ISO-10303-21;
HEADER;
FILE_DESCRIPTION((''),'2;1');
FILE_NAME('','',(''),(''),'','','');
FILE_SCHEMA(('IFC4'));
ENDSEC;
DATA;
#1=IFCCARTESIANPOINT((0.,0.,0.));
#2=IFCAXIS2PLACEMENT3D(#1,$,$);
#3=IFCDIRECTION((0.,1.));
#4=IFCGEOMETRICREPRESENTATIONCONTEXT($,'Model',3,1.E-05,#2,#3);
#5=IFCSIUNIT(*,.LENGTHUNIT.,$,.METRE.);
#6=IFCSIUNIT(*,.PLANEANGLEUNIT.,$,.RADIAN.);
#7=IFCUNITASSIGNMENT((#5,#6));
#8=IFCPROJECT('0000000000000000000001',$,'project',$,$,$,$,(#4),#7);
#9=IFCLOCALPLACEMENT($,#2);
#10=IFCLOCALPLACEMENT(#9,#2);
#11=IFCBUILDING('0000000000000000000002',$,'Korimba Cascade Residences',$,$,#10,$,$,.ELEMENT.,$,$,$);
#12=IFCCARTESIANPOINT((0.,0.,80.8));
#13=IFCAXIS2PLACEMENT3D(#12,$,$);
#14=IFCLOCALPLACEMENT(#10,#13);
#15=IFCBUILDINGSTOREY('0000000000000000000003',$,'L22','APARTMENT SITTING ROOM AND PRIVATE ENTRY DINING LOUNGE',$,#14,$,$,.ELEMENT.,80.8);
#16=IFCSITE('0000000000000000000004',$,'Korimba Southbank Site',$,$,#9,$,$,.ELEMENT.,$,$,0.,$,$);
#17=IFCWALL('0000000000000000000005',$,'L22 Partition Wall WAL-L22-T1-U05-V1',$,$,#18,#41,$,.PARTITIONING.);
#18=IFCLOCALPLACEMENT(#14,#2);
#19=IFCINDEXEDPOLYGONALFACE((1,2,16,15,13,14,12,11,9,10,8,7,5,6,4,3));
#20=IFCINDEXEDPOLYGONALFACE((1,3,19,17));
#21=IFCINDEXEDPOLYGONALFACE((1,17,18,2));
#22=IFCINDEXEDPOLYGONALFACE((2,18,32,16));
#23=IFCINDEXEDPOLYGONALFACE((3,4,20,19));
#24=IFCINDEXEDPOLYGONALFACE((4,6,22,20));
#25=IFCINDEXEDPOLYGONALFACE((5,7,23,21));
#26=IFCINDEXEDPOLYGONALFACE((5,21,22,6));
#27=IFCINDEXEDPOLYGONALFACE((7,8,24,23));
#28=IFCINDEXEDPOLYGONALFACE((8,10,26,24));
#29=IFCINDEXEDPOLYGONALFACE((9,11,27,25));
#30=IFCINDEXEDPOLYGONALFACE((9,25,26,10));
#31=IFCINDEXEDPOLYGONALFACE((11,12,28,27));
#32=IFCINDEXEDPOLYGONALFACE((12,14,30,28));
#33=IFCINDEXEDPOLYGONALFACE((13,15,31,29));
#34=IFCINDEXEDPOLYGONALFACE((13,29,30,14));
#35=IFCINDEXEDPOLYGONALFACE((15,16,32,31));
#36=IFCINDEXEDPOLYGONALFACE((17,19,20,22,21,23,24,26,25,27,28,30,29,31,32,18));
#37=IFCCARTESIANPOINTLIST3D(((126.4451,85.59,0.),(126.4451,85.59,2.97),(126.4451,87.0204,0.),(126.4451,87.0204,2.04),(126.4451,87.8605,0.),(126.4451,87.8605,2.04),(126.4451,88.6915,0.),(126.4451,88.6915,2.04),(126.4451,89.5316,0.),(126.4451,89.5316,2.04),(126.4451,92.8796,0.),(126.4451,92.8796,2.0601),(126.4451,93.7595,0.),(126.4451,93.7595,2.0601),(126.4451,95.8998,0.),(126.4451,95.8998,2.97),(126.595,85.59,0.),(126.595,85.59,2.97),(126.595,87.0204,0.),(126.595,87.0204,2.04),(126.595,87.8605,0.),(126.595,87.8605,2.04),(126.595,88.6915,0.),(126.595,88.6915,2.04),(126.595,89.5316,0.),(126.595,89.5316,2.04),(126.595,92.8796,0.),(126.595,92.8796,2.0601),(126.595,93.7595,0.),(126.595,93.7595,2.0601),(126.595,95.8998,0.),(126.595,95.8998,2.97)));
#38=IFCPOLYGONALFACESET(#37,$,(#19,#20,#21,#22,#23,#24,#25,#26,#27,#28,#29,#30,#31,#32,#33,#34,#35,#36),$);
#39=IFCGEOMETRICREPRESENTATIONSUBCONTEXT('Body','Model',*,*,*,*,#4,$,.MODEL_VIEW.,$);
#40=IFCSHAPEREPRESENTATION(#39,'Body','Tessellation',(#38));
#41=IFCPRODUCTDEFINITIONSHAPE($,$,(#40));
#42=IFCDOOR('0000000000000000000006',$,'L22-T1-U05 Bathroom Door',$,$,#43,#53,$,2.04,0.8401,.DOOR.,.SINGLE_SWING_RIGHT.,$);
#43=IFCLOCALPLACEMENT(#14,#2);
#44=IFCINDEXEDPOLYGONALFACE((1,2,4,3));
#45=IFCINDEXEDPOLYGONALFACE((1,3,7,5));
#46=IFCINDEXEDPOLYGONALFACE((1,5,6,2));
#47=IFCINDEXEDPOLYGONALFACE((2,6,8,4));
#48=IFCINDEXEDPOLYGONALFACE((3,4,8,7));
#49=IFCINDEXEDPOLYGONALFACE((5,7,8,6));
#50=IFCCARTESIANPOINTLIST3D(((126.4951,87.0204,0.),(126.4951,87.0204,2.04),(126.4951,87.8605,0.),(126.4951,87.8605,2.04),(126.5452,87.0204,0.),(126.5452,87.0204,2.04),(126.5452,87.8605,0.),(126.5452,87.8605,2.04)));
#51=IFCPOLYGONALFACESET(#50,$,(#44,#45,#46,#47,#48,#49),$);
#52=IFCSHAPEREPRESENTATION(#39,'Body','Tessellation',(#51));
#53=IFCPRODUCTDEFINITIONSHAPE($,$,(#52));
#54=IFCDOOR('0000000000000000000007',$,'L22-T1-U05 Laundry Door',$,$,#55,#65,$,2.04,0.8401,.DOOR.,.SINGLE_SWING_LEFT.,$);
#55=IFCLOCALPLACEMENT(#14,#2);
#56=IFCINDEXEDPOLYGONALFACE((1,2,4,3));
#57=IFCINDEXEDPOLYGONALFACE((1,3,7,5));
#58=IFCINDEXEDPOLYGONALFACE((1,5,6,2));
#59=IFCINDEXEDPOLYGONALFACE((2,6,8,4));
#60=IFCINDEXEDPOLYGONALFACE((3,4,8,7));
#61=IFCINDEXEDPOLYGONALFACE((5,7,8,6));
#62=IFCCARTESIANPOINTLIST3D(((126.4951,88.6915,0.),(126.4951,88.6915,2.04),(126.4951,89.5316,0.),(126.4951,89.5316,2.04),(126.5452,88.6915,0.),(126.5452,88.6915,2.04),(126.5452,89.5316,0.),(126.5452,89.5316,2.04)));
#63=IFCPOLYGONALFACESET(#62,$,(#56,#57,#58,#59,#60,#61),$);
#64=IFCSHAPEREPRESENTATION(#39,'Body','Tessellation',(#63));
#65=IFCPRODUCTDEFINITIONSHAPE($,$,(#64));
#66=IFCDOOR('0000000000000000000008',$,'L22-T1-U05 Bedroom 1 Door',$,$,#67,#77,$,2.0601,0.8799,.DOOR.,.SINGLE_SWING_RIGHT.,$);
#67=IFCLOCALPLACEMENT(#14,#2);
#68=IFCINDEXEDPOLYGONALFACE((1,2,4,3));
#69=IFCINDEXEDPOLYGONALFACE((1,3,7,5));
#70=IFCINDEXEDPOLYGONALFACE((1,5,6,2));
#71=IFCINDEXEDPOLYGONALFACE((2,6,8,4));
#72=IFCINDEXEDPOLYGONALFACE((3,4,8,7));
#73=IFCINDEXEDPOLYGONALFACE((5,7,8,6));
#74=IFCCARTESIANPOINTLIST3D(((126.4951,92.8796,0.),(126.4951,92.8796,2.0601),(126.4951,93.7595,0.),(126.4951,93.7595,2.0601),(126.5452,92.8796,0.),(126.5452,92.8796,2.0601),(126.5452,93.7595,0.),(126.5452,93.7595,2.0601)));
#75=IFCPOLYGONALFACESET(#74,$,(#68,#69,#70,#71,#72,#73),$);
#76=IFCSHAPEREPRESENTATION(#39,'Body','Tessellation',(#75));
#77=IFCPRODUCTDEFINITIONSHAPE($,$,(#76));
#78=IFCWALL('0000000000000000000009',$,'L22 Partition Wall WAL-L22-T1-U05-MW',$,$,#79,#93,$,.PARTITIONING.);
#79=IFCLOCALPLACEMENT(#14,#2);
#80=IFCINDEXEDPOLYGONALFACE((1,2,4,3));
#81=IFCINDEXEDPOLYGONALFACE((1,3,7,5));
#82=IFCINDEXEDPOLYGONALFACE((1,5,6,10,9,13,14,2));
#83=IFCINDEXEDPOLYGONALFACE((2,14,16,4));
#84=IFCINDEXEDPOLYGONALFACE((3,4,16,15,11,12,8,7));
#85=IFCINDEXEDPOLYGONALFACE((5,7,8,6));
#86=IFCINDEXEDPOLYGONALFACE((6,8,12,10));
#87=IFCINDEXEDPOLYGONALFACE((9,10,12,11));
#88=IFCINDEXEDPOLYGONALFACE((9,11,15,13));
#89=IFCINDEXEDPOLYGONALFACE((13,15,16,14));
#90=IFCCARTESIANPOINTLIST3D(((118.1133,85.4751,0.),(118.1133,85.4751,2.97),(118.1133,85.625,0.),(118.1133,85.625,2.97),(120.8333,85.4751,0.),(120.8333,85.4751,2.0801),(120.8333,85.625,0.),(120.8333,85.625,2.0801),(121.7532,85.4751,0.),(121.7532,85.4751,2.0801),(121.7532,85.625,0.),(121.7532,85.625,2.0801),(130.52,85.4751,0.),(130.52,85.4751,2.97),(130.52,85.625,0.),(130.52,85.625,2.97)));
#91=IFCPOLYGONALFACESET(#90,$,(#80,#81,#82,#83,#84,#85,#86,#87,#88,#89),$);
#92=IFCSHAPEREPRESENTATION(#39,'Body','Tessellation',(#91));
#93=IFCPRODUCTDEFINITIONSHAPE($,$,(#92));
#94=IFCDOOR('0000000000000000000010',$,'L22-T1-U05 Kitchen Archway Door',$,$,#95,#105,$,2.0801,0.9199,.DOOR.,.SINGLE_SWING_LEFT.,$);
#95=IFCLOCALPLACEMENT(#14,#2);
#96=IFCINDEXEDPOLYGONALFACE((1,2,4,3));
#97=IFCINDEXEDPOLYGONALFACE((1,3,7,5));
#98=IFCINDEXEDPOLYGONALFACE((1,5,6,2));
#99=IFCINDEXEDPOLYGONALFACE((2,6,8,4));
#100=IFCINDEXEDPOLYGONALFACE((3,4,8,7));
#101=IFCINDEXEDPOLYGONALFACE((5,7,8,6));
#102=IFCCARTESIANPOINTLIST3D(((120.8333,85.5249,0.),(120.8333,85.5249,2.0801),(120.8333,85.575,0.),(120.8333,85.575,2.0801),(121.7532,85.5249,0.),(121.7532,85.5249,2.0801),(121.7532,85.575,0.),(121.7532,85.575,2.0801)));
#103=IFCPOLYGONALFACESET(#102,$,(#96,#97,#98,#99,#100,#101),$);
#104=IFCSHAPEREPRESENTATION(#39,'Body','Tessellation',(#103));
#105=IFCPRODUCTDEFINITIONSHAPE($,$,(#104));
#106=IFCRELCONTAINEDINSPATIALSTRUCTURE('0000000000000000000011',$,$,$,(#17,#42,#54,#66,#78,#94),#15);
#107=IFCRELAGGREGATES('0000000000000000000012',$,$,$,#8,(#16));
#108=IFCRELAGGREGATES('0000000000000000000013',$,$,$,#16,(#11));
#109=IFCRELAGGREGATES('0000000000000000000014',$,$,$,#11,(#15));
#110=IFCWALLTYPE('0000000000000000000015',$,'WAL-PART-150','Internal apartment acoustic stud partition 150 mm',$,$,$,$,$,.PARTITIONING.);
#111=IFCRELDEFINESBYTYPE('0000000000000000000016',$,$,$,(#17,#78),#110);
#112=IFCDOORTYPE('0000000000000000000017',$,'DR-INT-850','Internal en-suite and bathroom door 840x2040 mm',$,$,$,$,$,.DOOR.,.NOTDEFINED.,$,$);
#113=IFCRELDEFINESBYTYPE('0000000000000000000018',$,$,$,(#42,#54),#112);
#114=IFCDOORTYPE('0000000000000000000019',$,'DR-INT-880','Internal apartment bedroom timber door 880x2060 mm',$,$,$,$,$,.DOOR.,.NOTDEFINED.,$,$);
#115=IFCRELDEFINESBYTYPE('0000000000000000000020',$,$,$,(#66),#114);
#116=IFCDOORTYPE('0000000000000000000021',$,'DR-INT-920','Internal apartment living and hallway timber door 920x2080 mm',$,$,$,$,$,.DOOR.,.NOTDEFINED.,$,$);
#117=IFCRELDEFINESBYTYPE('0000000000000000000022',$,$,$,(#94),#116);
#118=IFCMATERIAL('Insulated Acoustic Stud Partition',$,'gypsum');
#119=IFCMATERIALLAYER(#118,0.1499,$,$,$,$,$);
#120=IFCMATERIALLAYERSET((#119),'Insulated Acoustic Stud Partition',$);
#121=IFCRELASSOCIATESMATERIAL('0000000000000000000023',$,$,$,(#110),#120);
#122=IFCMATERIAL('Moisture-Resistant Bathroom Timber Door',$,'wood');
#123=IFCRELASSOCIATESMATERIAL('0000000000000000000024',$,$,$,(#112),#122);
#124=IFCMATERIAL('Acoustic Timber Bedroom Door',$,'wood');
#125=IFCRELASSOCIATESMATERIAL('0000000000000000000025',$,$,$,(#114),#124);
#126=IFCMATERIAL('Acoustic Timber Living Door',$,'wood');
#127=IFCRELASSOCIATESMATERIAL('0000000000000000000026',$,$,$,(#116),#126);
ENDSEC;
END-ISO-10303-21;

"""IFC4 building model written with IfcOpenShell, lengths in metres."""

from ifc_helpers import new_model, si_unit, direction, frame, frame_2d, origin, place, context, subcontext, project, spatial, rectangle, extrude, material, layer, layer_set, type_object, element, fill, save


model = new_model("IFC4")

# Units and contexts
model_context = context("Model", 3, precision=1e-05, world=origin(), true_north=direction((0.0, 1.0)))
body_context = subcontext(model_context, "Body", "Model", "MODEL_VIEW")
ifc_project = project(units=[si_unit("LENGTHUNIT", "METRE"), si_unit("PLANEANGLEUNIT", "RADIAN")], contexts=[model_context])

# Site, building, storey
site_placement = place(None, origin())
site = spatial("IfcSite", under=ifc_project, at=site_placement, Name="Korimba Southbank Site", CompositionType="ELEMENT", RefElevation=0.0)
building_placement = place(site_placement, origin())
building = spatial("IfcBuilding", under=site, at=building_placement, Name="Korimba Cascade Residences", CompositionType="ELEMENT")
storey_placement = place(building_placement, frame((0.0, 0.0, 80.8)))
storey = spatial("IfcBuildingStorey", under=building, at=storey_placement, Name="L22", Description="APARTMENT SITTING ROOM AND PRIVATE ENTRY DINING LOUNGE", CompositionType="ELEMENT", Elevation=80.8)

# Shared definitions
ifc_material_1 = material(Name="Insulated Acoustic Stud Partition", Category="gypsum")
ifc_layer_1 = layer(ifc_material_1, 0.1499)
ifc_layer_set_1 = layer_set([ifc_layer_1], Name="Insulated Acoustic Stud Partition")
wall_type_1 = type_object("IfcWallType", Name="WAL-PART-150", Description="Internal apartment acoustic stud partition 150 mm", PredefinedType="PARTITIONING", material=ifc_layer_set_1)

# Shared definitions
ifc_material_2 = material(Name="Moisture-Resistant Bathroom Timber Door", Category="wood")
door_type_1 = type_object("IfcDoorType", Name="DR-INT-850", Description="Internal en-suite and bathroom door 840x2040 mm", OperationType="NOTDEFINED", PredefinedType="DOOR", material=ifc_material_2)
ifc_material_3 = material(Name="Acoustic Timber Bedroom Door", Category="wood")
door_type_2 = type_object("IfcDoorType", Name="DR-INT-880", Description="Internal apartment bedroom timber door 880x2060 mm", OperationType="NOTDEFINED", PredefinedType="DOOR", material=ifc_material_3)

# Wall, openings, doors
wall_1_placement = place(storey_placement, frame((126.52, 85.5901, 0.0), z_axis=(0.0, 0.0, 1.0), x_axis=(0.0, 1.0, 0.0)))
wall_1 = element("IfcWall", 1, at=wall_1_placement, inside=storey, type_object=wall_type_1, Name="L22 Partition Wall WAL-L22-T1-U05-V1", PredefinedType="PARTITIONING", context=body_context, shape_type="SweptSolid", body=[
    extrude(rectangle(XDim=10.3098, YDim=0.1499, at=frame_2d((5.1548, 0.0))), origin(), (0.0, 0.0, 1.0), 2.97),
])
opening_1_placement = place(wall_1_placement, frame((1.4304, 0.0, 0.0)))
opening_1 = element("IfcOpeningElement", 2, at=opening_1_placement, cuts=wall_1, PredefinedType="OPENING", context=body_context, shape_type="SweptSolid", body=[
    extrude(rectangle(XDim=0.8401, YDim=2.04, at=frame_2d((0.4199, 1.02))), frame((0.0, 0.085, 0.0), z_axis=(0.0, -1.0, 0.0), x_axis=(1.0, 0.0, 0.0)), (0.0, 0.0, 1.0), 0.1699),
])
opening_2_placement = place(wall_1_placement, frame((3.1016, 0.0, 0.0)))
opening_2 = element("IfcOpeningElement", 3, at=opening_2_placement, cuts=wall_1, PredefinedType="OPENING", context=body_context, shape_type="SweptSolid", body=[
    extrude(rectangle(XDim=0.8401, YDim=2.04, at=frame_2d((0.4199, 1.02))), frame((0.0, 0.085, 0.0), z_axis=(0.0, -1.0, 0.0), x_axis=(1.0, 0.0, 0.0)), (0.0, 0.0, 1.0), 0.1699),
])
opening_3_placement = place(wall_1_placement, frame((7.2896, 0.0, 0.0)))
opening_3 = element("IfcOpeningElement", 4, at=opening_3_placement, cuts=wall_1, PredefinedType="OPENING", context=body_context, shape_type="SweptSolid", body=[
    extrude(rectangle(XDim=0.8799, YDim=2.0601, at=frame_2d((0.4399, 1.03))), frame((0.0, 0.085, 0.0), z_axis=(0.0, -1.0, 0.0), x_axis=(1.0, 0.0, 0.0)), (0.0, 0.0, 1.0), 0.1699),
])
door_1_placement = place(opening_1_placement, origin())
door_1 = element("IfcDoor", 5, at=door_1_placement, inside=storey, type_object=door_type_1, Name="L22-T1-U05 Bathroom Door", OperationType="SINGLE_SWING_RIGHT", OverallHeight=2.04, OverallWidth=0.8401, PredefinedType="DOOR", context=body_context, shape_type="SweptSolid", body=[
    extrude(rectangle(XDim=0.8401, YDim=2.04, at=frame_2d((0.4199, 1.02))), frame((0.0, 0.0249, 0.0), z_axis=(0.0, -1.0, 0.0), x_axis=(1.0, 0.0, 0.0)), (0.0, 0.0, 1.0), 0.05),
])
fill(opening_1, door_1)
door_2_placement = place(opening_2_placement, origin())
door_2 = element("IfcDoor", 6, at=door_2_placement, inside=storey, type_object=door_type_1, Name="L22-T1-U05 Laundry Door", OperationType="SINGLE_SWING_LEFT", OverallHeight=2.04, OverallWidth=0.8401, PredefinedType="DOOR", context=body_context, shape_type="SweptSolid", body=[
    extrude(rectangle(XDim=0.8401, YDim=2.04, at=frame_2d((0.4199, 1.02))), frame((0.0, 0.0249, 0.0), z_axis=(0.0, -1.0, 0.0), x_axis=(1.0, 0.0, 0.0)), (0.0, 0.0, 1.0), 0.05),
])
fill(opening_2, door_2)
door_3_placement = place(opening_3_placement, origin())
door_3 = element("IfcDoor", 7, at=door_3_placement, inside=storey, type_object=door_type_2, Name="L22-T1-U05 Bedroom 1 Door", OperationType="SINGLE_SWING_RIGHT", OverallHeight=2.0601, OverallWidth=0.8799, PredefinedType="DOOR", context=body_context, shape_type="SweptSolid", body=[
    extrude(rectangle(XDim=0.8799, YDim=2.0601, at=frame_2d((0.4399, 1.03))), frame((0.0, 0.0249, 0.0), z_axis=(0.0, -1.0, 0.0), x_axis=(1.0, 0.0, 0.0)), (0.0, 0.0, 1.0), 0.05),
])
fill(opening_3, door_3)

# Wall, opening, door
wall_2_placement = place(storey_placement, frame((118.1133, 85.55, 0.0), z_axis=(0.0, 0.0, 1.0), x_axis=(1.0, 0.0, 0.0)))
wall_2 = element("IfcWall", 8, at=wall_2_placement, inside=storey, type_object=wall_type_1, Name="L22 Partition Wall WAL-L22-T1-U05-MW", PredefinedType="PARTITIONING", context=body_context, shape_type="SweptSolid", body=[
    extrude(rectangle(XDim=12.4067, YDim=0.1499, at=frame_2d((6.2034, 0.0))), origin(), (0.0, 0.0, 1.0), 2.97),
])
opening_4_placement = place(wall_2_placement, frame((2.72, 0.0, 0.0)))
opening_4 = element("IfcOpeningElement", 9, at=opening_4_placement, cuts=wall_2, PredefinedType="OPENING", context=body_context, shape_type="SweptSolid", body=[
    extrude(rectangle(XDim=0.9199, YDim=2.0801, at=frame_2d((0.46, 1.04))), frame((0.0, 0.085, 0.0), z_axis=(0.0, -1.0, 0.0), x_axis=(1.0, 0.0, 0.0)), (0.0, 0.0, 1.0), 0.1699),
])
ifc_material_4 = material(Name="Acoustic Timber Living Door", Category="wood")
door_type_3 = type_object("IfcDoorType", Name="DR-INT-920", Description="Internal apartment living and hallway timber door 920x2080 mm", OperationType="NOTDEFINED", PredefinedType="DOOR", material=ifc_material_4)
door_4_placement = place(opening_4_placement, origin())
door_4 = element("IfcDoor", 10, at=door_4_placement, inside=storey, type_object=door_type_3, Name="L22-T1-U05 Kitchen Archway Door", OperationType="SINGLE_SWING_LEFT", OverallHeight=2.0801, OverallWidth=0.9199, PredefinedType="DOOR", context=body_context, shape_type="SweptSolid", body=[
    extrude(rectangle(XDim=0.9199, YDim=2.0801, at=frame_2d((0.46, 1.04))), frame((0.0, 0.0249, 0.0), z_axis=(0.0, -1.0, 0.0), x_axis=(1.0, 0.0, 0.0)), (0.0, 0.0, 1.0), 0.05),
])
fill(opening_4, door_4)

save(model, "model.ifc")
